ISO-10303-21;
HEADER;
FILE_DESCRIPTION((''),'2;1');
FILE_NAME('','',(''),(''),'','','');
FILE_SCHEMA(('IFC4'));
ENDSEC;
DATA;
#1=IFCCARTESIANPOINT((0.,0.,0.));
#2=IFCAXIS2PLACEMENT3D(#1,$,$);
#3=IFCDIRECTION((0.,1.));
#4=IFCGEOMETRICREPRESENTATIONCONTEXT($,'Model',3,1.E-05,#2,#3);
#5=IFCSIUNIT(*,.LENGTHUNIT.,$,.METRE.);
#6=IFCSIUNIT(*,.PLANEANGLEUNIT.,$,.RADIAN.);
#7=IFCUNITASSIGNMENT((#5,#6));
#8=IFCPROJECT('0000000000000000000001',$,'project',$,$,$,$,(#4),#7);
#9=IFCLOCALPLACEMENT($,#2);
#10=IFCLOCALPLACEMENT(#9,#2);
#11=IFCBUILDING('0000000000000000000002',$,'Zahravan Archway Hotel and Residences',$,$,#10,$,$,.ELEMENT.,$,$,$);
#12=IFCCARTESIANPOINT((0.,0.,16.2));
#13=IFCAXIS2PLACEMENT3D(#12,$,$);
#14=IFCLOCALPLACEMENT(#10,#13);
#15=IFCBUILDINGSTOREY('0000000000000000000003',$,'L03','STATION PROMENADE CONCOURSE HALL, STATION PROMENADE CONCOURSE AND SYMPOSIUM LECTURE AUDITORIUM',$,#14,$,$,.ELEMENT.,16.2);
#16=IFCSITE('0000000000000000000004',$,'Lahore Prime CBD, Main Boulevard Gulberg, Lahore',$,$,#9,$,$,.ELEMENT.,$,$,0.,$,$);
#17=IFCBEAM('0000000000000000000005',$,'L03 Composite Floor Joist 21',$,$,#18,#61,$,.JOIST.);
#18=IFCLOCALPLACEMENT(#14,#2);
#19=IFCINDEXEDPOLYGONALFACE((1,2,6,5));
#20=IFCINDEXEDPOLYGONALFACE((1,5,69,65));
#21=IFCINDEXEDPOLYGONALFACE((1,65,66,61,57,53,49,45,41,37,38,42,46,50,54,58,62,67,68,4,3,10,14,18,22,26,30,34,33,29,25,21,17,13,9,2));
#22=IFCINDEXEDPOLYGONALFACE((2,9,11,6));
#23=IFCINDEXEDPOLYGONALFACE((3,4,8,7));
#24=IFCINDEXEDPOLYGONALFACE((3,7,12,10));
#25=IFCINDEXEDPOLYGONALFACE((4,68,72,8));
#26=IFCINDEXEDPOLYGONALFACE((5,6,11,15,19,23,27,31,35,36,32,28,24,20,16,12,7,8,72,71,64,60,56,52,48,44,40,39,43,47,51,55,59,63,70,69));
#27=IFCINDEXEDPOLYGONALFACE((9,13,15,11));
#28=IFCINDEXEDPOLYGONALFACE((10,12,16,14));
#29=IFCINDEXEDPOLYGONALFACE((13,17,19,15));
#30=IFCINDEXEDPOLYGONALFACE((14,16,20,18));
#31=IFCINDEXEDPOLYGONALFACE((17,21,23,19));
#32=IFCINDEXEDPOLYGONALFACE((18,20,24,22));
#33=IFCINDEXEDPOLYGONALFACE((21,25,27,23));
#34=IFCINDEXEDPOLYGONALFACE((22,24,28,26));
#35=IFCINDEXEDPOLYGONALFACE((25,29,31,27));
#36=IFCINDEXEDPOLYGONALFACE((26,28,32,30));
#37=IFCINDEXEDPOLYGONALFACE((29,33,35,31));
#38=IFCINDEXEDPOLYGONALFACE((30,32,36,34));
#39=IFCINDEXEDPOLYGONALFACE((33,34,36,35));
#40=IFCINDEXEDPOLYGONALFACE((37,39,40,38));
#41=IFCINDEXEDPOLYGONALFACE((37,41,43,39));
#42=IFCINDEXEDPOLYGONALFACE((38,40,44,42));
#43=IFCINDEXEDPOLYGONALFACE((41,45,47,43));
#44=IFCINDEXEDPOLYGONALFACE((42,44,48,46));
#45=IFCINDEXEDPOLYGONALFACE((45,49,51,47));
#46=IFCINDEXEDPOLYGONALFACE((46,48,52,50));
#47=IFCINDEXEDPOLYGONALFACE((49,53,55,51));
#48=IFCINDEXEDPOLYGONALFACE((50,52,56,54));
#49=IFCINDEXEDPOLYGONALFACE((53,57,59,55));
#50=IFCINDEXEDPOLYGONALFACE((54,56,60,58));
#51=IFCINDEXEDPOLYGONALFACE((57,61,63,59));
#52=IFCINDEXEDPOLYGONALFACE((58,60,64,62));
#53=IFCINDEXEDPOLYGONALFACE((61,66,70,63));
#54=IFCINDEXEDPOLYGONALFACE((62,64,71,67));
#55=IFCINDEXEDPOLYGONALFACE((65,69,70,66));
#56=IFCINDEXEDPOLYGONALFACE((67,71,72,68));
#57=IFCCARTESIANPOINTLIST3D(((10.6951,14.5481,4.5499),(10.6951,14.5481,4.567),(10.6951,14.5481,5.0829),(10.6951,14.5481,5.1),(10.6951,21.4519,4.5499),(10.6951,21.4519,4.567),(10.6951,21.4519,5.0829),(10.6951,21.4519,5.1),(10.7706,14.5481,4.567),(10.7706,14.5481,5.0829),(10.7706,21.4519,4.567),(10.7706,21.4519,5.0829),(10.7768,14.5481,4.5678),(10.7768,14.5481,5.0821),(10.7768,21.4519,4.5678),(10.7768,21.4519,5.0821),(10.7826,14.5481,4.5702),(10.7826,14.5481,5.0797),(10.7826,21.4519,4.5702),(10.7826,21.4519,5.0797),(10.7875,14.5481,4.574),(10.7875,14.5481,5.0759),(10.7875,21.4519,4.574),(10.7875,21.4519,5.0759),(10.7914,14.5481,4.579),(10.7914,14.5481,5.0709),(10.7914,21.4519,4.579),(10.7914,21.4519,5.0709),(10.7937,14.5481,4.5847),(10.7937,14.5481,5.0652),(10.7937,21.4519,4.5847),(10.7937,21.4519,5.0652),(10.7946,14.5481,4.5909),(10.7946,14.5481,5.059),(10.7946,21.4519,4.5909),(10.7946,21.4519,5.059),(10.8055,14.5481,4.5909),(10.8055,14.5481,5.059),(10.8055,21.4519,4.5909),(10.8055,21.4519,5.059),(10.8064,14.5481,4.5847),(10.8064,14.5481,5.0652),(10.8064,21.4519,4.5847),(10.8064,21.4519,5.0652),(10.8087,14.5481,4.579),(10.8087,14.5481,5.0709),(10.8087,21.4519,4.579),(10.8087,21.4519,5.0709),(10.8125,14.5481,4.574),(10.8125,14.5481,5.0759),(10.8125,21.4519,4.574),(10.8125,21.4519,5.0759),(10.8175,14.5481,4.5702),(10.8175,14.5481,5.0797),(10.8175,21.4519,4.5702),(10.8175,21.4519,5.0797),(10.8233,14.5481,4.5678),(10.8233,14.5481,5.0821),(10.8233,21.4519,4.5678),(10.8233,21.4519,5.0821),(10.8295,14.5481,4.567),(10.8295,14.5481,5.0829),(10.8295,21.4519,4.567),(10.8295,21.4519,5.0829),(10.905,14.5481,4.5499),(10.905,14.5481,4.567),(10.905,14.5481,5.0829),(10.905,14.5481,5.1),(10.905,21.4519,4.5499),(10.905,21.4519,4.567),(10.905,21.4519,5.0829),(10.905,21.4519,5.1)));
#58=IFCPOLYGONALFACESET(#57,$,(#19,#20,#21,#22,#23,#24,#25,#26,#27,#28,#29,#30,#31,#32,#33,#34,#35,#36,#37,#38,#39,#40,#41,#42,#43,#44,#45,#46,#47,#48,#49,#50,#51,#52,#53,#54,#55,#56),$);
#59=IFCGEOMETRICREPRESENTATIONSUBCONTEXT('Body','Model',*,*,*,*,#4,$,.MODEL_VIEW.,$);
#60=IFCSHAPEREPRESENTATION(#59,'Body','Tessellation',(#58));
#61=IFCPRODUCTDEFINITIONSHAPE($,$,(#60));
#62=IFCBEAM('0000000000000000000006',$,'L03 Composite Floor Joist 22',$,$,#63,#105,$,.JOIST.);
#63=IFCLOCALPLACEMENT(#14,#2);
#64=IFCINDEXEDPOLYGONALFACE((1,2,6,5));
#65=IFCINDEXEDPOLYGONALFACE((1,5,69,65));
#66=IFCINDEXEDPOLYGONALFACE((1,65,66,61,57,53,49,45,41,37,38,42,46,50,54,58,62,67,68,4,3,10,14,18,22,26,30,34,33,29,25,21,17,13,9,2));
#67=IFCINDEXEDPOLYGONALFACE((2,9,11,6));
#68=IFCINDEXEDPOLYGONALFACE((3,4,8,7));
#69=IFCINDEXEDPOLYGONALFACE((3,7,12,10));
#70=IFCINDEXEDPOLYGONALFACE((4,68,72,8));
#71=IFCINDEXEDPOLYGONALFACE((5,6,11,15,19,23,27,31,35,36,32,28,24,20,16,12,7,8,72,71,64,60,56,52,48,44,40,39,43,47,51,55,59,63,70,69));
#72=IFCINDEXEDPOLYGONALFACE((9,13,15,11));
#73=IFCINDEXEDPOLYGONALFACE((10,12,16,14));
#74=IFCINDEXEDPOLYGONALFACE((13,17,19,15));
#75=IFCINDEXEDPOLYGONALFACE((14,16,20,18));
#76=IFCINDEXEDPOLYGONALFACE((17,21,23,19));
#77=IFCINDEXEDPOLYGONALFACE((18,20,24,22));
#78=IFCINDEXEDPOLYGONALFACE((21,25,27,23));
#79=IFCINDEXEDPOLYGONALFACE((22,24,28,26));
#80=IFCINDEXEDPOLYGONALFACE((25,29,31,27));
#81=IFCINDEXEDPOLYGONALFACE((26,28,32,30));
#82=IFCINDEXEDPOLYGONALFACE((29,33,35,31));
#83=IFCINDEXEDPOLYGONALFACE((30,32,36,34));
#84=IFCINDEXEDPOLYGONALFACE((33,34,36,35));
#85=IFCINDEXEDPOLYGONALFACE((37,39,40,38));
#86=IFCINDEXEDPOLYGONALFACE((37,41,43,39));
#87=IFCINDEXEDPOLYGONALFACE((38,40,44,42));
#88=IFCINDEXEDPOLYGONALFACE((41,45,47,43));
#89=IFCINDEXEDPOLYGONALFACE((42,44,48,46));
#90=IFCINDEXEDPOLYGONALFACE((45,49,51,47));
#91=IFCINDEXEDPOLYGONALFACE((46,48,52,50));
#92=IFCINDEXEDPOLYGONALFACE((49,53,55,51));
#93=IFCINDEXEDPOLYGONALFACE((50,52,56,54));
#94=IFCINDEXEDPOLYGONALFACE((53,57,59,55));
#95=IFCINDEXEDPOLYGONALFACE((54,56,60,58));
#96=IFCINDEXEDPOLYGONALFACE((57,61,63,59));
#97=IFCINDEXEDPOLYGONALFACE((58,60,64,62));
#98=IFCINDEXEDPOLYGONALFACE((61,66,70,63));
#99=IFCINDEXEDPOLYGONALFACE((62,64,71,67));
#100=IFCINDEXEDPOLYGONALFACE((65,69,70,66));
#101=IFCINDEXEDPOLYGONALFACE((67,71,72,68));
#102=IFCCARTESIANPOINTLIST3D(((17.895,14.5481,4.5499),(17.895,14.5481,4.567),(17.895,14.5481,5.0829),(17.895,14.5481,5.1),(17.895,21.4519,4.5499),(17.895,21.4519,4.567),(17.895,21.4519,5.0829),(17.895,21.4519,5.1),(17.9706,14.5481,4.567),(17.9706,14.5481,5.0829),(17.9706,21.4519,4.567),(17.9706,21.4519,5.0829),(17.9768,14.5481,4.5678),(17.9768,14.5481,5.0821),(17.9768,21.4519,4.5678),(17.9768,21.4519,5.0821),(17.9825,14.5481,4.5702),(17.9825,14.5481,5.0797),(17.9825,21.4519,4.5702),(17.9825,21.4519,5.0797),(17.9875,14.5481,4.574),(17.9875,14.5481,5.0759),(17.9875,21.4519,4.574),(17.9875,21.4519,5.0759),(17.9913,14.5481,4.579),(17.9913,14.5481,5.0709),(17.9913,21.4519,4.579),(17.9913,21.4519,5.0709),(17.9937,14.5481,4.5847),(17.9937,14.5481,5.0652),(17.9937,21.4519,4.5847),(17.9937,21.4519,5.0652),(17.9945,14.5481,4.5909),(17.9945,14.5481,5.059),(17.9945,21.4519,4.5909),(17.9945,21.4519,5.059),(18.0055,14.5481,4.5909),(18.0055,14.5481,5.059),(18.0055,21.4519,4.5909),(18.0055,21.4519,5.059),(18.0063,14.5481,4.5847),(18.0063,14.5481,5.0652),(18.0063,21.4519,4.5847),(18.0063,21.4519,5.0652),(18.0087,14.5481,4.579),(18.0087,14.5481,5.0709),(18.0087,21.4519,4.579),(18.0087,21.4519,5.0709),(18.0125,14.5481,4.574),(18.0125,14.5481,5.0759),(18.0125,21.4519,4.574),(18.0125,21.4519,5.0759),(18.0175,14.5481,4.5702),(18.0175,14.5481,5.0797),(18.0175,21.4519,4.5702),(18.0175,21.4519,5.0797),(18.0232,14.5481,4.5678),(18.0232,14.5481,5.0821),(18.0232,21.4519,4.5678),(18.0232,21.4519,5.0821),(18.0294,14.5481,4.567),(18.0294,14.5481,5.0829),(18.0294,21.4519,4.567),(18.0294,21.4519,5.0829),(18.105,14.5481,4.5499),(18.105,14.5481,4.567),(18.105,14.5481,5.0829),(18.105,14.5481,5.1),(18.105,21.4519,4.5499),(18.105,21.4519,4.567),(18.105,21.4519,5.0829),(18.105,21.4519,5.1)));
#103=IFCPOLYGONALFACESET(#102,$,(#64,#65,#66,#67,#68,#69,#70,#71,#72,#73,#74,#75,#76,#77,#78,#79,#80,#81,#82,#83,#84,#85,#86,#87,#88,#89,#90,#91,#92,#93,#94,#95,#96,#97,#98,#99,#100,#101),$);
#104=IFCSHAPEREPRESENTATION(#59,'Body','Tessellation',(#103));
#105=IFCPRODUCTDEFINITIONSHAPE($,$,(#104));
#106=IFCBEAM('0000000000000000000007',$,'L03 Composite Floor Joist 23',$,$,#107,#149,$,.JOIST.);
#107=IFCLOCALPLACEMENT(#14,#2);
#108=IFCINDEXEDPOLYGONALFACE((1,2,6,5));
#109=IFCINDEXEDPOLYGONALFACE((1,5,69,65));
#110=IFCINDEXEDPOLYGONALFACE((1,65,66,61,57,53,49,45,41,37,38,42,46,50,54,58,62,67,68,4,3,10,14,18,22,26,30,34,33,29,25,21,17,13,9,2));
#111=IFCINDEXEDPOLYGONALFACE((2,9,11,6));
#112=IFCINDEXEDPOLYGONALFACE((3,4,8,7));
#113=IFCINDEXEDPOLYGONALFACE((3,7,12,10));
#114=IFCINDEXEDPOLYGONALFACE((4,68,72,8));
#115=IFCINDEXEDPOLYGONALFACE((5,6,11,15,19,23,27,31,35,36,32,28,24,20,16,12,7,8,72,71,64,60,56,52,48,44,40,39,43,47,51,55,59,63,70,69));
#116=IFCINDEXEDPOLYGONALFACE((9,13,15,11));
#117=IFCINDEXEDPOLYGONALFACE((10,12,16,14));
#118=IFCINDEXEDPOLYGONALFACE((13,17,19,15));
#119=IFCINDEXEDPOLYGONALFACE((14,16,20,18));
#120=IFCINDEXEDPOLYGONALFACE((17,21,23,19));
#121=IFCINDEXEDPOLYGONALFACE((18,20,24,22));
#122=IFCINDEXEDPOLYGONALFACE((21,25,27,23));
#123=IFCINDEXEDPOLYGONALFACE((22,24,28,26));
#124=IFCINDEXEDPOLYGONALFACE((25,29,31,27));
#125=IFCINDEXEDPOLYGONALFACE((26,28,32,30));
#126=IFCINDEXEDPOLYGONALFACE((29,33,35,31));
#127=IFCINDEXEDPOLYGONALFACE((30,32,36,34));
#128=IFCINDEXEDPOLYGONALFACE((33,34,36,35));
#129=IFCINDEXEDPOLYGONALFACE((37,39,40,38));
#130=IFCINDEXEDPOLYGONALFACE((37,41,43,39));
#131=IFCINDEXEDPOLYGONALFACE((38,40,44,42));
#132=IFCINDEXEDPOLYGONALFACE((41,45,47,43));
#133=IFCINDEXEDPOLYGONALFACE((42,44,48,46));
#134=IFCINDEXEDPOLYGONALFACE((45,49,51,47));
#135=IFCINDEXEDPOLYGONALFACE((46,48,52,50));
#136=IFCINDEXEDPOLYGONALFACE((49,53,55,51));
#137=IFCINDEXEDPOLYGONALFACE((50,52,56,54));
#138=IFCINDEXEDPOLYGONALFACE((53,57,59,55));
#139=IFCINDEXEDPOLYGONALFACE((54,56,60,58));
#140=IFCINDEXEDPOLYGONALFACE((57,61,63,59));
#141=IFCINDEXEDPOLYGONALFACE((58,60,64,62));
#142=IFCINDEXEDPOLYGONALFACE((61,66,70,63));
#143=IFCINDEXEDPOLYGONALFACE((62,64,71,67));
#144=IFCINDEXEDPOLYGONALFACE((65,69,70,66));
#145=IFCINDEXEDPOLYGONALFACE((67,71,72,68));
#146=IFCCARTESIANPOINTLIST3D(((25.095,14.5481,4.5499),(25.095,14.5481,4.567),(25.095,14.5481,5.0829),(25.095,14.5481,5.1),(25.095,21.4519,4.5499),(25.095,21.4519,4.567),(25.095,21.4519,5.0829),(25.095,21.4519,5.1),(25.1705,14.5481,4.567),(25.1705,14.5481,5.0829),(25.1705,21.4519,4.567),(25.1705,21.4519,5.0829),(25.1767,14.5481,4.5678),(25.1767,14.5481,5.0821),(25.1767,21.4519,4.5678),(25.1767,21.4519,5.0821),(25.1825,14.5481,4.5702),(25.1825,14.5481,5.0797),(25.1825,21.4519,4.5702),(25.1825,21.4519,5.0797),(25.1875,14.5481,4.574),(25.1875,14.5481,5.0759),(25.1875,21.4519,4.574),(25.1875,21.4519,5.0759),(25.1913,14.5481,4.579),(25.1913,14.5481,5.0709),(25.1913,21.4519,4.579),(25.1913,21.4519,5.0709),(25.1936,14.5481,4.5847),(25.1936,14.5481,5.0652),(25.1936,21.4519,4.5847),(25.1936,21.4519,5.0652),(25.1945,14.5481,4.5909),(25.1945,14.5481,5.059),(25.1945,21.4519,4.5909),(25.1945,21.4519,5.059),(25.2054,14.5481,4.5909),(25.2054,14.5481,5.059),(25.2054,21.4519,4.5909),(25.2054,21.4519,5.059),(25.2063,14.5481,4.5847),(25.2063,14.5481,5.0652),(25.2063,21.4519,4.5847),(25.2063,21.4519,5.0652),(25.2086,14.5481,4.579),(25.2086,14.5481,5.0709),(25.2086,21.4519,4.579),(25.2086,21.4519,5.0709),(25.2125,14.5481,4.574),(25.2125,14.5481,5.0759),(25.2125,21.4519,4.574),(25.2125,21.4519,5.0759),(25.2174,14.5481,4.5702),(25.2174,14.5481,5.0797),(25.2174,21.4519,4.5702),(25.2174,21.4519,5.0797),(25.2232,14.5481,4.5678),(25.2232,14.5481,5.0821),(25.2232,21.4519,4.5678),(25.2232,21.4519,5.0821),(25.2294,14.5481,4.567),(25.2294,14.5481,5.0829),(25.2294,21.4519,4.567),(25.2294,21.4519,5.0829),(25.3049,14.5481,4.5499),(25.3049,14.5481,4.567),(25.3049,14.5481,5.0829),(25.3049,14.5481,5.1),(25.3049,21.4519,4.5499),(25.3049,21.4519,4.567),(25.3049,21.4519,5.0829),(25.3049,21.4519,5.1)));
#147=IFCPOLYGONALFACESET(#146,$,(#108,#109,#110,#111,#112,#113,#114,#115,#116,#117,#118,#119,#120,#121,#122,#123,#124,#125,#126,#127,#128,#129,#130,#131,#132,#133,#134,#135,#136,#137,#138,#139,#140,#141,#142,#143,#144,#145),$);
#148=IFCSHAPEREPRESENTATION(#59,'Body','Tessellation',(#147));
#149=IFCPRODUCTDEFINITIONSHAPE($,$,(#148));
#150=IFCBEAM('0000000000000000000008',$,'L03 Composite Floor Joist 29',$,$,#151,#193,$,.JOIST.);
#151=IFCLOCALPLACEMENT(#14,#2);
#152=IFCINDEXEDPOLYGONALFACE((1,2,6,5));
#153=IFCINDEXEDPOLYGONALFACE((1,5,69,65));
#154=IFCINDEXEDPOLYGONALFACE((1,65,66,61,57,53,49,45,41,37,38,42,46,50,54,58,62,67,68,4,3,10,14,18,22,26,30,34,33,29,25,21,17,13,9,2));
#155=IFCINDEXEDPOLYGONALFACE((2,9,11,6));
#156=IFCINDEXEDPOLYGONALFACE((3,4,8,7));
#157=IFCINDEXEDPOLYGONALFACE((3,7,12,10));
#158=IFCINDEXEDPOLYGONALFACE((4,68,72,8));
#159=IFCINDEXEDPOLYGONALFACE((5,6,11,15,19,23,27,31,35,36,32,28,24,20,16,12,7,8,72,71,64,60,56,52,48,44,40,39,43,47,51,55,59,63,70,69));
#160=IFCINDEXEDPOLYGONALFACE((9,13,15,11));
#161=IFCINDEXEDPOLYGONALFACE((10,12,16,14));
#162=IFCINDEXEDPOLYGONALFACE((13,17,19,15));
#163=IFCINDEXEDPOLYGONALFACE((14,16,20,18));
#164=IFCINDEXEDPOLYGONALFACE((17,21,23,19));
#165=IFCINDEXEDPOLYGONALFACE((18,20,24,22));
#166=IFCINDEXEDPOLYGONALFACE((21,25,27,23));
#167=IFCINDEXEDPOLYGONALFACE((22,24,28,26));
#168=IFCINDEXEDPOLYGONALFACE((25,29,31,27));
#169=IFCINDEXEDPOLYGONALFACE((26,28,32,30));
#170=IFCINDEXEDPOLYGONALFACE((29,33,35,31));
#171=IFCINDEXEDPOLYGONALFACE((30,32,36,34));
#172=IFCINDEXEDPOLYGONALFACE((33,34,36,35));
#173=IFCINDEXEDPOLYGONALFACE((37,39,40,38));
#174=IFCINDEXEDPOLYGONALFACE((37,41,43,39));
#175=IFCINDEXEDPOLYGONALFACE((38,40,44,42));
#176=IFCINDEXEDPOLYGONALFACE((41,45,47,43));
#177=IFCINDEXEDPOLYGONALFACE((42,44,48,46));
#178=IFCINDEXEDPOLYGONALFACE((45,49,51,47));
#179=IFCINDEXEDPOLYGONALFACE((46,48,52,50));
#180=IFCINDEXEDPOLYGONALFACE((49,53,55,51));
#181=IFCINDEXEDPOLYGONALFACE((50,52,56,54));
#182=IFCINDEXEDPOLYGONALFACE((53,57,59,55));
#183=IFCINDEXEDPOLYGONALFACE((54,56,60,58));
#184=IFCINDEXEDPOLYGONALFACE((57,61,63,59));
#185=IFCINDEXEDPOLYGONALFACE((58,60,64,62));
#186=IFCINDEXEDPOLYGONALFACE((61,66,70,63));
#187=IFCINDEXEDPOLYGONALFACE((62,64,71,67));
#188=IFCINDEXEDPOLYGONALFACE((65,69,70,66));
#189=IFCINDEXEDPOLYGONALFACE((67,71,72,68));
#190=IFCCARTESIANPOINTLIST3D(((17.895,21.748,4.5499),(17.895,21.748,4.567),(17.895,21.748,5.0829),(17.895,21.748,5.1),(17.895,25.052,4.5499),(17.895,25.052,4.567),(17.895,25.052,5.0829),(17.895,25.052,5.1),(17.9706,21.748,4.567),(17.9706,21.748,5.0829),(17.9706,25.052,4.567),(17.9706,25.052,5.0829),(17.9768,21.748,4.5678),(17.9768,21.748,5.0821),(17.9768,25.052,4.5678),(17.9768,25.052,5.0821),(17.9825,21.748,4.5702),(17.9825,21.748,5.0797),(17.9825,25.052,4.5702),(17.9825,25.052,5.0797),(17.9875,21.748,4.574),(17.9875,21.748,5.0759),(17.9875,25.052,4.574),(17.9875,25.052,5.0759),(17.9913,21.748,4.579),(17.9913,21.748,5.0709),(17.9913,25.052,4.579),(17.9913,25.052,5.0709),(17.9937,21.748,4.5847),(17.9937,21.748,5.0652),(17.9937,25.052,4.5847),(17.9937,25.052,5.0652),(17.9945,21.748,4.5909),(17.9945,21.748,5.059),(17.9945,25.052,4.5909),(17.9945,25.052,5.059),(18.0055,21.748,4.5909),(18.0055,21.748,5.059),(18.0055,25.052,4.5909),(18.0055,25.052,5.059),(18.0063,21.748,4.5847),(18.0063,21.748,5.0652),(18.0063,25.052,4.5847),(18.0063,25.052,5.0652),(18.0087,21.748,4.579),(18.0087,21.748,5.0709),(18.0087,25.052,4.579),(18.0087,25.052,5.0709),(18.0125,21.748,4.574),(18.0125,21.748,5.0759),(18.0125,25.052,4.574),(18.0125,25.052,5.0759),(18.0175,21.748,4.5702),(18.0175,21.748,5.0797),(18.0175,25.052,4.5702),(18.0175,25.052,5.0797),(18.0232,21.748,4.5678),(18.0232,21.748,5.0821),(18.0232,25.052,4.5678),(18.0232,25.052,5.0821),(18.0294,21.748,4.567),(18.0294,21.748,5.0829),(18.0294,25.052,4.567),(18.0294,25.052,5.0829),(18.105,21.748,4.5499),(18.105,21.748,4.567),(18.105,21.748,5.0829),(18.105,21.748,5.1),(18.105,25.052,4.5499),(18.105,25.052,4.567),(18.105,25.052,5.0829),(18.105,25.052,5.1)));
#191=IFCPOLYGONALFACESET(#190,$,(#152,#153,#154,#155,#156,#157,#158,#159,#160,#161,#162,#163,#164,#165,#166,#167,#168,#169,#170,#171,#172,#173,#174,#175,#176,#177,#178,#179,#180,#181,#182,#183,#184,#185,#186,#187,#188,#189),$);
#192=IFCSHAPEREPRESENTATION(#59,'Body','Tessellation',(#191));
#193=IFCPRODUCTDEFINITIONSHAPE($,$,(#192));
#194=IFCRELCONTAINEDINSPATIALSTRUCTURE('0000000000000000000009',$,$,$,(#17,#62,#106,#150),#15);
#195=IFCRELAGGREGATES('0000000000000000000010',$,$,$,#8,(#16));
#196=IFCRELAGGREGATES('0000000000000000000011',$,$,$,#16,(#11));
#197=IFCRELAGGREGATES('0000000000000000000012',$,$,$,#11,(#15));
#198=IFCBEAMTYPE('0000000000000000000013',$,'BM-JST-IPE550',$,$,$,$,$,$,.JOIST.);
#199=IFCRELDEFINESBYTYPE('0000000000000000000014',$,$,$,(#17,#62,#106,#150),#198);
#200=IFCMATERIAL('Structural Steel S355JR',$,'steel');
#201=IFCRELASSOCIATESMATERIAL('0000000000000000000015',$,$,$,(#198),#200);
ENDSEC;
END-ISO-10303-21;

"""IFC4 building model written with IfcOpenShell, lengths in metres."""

from ifc_helpers import new_model, si_unit, direction, frame, origin, origin_2d, place, context, subcontext, project, spatial, i_section, extrude, source, transform, mapped, material, material_profile, profile_set, type_object, element, save


model = new_model("IFC4")

# Units and contexts
model_context = context("Model", 3, precision=1e-05, world=origin(), true_north=direction((0.0, 1.0)))
body_context = subcontext(model_context, "Body", "Model", "MODEL_VIEW")
ifc_project = project(units=[si_unit("LENGTHUNIT", "METRE"), si_unit("PLANEANGLEUNIT", "RADIAN")], contexts=[model_context])

# Site, building, storey
site_placement = place(None, origin())
site = spatial("IfcSite", under=ifc_project, at=site_placement, Name="Lahore Prime CBD, Main Boulevard Gulberg, Lahore", CompositionType="ELEMENT", RefElevation=0.0)
building_placement = place(site_placement, origin())
building = spatial("IfcBuilding", under=site, at=building_placement, Name="Zahravan Archway Hotel and Residences", CompositionType="ELEMENT")
storey_placement = place(building_placement, frame((0.0, 0.0, 16.2)))
storey = spatial("IfcBuildingStorey", under=building, at=storey_placement, Name="L03", Description="STATION PROMENADE CONCOURSE HALL, STATION PROMENADE CONCOURSE AND SYMPOSIUM LECTURE AUDITORIUM", CompositionType="ELEMENT", Elevation=16.2)

# Beams
ifc_material_1 = material(Name="Structural Steel S355JR", Category="steel")
ifc_material_profile_1 = material_profile(ifc_material_1, i_section(OverallWidth=0.21, OverallDepth=0.55, WebThickness=0.011, FlangeThickness=0.0171, FilletRadius=0.0239, at=origin_2d()), Name="IPE 550", Category="steel")
ifc_profile_set_1 = profile_set([ifc_material_profile_1], Name="Structural Steel S355JR")
beam_type_1 = type_object("IfcBeamType", Name="BM-JST-IPE550", PredefinedType="JOIST", material=ifc_profile_set_1)
shared_shape_1 = source(origin(), body_context, "Body", "SweptSolid", [
    extrude(i_section(OverallWidth=0.21, OverallDepth=0.55, WebThickness=0.011, FlangeThickness=0.0171, FilletRadius=0.0239, at=origin_2d()), origin(), (0.0, 0.0, 1.0), 6.9038),
])
for number, where, z_axis, x_axis, name in (
    (1, (10.8, 14.5481, 4.825), (0.0, 1.0, 0.0), (-1.0, 0.0, 0.0), "L03 Composite Floor Joist 21"),
    (2, (18.0, 14.5481, 4.825), (0.0, 1.0, 0.0), (-1.0, 0.0, 0.0), "L03 Composite Floor Joist 22"),
    (3, (25.2, 14.5481, 4.825), (0.0, 1.0, 0.0), (-1.0, 0.0, 0.0), "L03 Composite Floor Joist 23"),
):
    element("IfcBeam", number, at=place(storey_placement, frame(where, z_axis=z_axis, x_axis=x_axis)), inside=storey, type_object=beam_type_1, Name=name, PredefinedType="JOIST", context=body_context, shape_type="MappedRepresentation", body=[
        mapped(shared_shape_1, transform((0.0, 0.0, 0.0), scale=1.0)),
    ])
shared_shape_2 = source(origin(), body_context, "Body", "SweptSolid", [
    extrude(i_section(OverallWidth=0.21, OverallDepth=0.55, WebThickness=0.011, FlangeThickness=0.0171, FilletRadius=0.0239, at=origin_2d()), origin(), (0.0, 0.0, 1.0), 3.304),
])
for number, where, z_axis, x_axis, name in (
    (4, (18.0, 21.748, 4.825), (0.0, 1.0, 0.0), (-1.0, 0.0, 0.0), "L03 Composite Floor Joist 29"),
):
    element("IfcBeam", number, at=place(storey_placement, frame(where, z_axis=z_axis, x_axis=x_axis)), inside=storey, type_object=beam_type_1, Name=name, PredefinedType="JOIST", context=body_context, shape_type="MappedRepresentation", body=[
        mapped(shared_shape_2, transform((0.0, 0.0, 0.0), scale=1.0)),
    ])

save(model, "model.ifc")
